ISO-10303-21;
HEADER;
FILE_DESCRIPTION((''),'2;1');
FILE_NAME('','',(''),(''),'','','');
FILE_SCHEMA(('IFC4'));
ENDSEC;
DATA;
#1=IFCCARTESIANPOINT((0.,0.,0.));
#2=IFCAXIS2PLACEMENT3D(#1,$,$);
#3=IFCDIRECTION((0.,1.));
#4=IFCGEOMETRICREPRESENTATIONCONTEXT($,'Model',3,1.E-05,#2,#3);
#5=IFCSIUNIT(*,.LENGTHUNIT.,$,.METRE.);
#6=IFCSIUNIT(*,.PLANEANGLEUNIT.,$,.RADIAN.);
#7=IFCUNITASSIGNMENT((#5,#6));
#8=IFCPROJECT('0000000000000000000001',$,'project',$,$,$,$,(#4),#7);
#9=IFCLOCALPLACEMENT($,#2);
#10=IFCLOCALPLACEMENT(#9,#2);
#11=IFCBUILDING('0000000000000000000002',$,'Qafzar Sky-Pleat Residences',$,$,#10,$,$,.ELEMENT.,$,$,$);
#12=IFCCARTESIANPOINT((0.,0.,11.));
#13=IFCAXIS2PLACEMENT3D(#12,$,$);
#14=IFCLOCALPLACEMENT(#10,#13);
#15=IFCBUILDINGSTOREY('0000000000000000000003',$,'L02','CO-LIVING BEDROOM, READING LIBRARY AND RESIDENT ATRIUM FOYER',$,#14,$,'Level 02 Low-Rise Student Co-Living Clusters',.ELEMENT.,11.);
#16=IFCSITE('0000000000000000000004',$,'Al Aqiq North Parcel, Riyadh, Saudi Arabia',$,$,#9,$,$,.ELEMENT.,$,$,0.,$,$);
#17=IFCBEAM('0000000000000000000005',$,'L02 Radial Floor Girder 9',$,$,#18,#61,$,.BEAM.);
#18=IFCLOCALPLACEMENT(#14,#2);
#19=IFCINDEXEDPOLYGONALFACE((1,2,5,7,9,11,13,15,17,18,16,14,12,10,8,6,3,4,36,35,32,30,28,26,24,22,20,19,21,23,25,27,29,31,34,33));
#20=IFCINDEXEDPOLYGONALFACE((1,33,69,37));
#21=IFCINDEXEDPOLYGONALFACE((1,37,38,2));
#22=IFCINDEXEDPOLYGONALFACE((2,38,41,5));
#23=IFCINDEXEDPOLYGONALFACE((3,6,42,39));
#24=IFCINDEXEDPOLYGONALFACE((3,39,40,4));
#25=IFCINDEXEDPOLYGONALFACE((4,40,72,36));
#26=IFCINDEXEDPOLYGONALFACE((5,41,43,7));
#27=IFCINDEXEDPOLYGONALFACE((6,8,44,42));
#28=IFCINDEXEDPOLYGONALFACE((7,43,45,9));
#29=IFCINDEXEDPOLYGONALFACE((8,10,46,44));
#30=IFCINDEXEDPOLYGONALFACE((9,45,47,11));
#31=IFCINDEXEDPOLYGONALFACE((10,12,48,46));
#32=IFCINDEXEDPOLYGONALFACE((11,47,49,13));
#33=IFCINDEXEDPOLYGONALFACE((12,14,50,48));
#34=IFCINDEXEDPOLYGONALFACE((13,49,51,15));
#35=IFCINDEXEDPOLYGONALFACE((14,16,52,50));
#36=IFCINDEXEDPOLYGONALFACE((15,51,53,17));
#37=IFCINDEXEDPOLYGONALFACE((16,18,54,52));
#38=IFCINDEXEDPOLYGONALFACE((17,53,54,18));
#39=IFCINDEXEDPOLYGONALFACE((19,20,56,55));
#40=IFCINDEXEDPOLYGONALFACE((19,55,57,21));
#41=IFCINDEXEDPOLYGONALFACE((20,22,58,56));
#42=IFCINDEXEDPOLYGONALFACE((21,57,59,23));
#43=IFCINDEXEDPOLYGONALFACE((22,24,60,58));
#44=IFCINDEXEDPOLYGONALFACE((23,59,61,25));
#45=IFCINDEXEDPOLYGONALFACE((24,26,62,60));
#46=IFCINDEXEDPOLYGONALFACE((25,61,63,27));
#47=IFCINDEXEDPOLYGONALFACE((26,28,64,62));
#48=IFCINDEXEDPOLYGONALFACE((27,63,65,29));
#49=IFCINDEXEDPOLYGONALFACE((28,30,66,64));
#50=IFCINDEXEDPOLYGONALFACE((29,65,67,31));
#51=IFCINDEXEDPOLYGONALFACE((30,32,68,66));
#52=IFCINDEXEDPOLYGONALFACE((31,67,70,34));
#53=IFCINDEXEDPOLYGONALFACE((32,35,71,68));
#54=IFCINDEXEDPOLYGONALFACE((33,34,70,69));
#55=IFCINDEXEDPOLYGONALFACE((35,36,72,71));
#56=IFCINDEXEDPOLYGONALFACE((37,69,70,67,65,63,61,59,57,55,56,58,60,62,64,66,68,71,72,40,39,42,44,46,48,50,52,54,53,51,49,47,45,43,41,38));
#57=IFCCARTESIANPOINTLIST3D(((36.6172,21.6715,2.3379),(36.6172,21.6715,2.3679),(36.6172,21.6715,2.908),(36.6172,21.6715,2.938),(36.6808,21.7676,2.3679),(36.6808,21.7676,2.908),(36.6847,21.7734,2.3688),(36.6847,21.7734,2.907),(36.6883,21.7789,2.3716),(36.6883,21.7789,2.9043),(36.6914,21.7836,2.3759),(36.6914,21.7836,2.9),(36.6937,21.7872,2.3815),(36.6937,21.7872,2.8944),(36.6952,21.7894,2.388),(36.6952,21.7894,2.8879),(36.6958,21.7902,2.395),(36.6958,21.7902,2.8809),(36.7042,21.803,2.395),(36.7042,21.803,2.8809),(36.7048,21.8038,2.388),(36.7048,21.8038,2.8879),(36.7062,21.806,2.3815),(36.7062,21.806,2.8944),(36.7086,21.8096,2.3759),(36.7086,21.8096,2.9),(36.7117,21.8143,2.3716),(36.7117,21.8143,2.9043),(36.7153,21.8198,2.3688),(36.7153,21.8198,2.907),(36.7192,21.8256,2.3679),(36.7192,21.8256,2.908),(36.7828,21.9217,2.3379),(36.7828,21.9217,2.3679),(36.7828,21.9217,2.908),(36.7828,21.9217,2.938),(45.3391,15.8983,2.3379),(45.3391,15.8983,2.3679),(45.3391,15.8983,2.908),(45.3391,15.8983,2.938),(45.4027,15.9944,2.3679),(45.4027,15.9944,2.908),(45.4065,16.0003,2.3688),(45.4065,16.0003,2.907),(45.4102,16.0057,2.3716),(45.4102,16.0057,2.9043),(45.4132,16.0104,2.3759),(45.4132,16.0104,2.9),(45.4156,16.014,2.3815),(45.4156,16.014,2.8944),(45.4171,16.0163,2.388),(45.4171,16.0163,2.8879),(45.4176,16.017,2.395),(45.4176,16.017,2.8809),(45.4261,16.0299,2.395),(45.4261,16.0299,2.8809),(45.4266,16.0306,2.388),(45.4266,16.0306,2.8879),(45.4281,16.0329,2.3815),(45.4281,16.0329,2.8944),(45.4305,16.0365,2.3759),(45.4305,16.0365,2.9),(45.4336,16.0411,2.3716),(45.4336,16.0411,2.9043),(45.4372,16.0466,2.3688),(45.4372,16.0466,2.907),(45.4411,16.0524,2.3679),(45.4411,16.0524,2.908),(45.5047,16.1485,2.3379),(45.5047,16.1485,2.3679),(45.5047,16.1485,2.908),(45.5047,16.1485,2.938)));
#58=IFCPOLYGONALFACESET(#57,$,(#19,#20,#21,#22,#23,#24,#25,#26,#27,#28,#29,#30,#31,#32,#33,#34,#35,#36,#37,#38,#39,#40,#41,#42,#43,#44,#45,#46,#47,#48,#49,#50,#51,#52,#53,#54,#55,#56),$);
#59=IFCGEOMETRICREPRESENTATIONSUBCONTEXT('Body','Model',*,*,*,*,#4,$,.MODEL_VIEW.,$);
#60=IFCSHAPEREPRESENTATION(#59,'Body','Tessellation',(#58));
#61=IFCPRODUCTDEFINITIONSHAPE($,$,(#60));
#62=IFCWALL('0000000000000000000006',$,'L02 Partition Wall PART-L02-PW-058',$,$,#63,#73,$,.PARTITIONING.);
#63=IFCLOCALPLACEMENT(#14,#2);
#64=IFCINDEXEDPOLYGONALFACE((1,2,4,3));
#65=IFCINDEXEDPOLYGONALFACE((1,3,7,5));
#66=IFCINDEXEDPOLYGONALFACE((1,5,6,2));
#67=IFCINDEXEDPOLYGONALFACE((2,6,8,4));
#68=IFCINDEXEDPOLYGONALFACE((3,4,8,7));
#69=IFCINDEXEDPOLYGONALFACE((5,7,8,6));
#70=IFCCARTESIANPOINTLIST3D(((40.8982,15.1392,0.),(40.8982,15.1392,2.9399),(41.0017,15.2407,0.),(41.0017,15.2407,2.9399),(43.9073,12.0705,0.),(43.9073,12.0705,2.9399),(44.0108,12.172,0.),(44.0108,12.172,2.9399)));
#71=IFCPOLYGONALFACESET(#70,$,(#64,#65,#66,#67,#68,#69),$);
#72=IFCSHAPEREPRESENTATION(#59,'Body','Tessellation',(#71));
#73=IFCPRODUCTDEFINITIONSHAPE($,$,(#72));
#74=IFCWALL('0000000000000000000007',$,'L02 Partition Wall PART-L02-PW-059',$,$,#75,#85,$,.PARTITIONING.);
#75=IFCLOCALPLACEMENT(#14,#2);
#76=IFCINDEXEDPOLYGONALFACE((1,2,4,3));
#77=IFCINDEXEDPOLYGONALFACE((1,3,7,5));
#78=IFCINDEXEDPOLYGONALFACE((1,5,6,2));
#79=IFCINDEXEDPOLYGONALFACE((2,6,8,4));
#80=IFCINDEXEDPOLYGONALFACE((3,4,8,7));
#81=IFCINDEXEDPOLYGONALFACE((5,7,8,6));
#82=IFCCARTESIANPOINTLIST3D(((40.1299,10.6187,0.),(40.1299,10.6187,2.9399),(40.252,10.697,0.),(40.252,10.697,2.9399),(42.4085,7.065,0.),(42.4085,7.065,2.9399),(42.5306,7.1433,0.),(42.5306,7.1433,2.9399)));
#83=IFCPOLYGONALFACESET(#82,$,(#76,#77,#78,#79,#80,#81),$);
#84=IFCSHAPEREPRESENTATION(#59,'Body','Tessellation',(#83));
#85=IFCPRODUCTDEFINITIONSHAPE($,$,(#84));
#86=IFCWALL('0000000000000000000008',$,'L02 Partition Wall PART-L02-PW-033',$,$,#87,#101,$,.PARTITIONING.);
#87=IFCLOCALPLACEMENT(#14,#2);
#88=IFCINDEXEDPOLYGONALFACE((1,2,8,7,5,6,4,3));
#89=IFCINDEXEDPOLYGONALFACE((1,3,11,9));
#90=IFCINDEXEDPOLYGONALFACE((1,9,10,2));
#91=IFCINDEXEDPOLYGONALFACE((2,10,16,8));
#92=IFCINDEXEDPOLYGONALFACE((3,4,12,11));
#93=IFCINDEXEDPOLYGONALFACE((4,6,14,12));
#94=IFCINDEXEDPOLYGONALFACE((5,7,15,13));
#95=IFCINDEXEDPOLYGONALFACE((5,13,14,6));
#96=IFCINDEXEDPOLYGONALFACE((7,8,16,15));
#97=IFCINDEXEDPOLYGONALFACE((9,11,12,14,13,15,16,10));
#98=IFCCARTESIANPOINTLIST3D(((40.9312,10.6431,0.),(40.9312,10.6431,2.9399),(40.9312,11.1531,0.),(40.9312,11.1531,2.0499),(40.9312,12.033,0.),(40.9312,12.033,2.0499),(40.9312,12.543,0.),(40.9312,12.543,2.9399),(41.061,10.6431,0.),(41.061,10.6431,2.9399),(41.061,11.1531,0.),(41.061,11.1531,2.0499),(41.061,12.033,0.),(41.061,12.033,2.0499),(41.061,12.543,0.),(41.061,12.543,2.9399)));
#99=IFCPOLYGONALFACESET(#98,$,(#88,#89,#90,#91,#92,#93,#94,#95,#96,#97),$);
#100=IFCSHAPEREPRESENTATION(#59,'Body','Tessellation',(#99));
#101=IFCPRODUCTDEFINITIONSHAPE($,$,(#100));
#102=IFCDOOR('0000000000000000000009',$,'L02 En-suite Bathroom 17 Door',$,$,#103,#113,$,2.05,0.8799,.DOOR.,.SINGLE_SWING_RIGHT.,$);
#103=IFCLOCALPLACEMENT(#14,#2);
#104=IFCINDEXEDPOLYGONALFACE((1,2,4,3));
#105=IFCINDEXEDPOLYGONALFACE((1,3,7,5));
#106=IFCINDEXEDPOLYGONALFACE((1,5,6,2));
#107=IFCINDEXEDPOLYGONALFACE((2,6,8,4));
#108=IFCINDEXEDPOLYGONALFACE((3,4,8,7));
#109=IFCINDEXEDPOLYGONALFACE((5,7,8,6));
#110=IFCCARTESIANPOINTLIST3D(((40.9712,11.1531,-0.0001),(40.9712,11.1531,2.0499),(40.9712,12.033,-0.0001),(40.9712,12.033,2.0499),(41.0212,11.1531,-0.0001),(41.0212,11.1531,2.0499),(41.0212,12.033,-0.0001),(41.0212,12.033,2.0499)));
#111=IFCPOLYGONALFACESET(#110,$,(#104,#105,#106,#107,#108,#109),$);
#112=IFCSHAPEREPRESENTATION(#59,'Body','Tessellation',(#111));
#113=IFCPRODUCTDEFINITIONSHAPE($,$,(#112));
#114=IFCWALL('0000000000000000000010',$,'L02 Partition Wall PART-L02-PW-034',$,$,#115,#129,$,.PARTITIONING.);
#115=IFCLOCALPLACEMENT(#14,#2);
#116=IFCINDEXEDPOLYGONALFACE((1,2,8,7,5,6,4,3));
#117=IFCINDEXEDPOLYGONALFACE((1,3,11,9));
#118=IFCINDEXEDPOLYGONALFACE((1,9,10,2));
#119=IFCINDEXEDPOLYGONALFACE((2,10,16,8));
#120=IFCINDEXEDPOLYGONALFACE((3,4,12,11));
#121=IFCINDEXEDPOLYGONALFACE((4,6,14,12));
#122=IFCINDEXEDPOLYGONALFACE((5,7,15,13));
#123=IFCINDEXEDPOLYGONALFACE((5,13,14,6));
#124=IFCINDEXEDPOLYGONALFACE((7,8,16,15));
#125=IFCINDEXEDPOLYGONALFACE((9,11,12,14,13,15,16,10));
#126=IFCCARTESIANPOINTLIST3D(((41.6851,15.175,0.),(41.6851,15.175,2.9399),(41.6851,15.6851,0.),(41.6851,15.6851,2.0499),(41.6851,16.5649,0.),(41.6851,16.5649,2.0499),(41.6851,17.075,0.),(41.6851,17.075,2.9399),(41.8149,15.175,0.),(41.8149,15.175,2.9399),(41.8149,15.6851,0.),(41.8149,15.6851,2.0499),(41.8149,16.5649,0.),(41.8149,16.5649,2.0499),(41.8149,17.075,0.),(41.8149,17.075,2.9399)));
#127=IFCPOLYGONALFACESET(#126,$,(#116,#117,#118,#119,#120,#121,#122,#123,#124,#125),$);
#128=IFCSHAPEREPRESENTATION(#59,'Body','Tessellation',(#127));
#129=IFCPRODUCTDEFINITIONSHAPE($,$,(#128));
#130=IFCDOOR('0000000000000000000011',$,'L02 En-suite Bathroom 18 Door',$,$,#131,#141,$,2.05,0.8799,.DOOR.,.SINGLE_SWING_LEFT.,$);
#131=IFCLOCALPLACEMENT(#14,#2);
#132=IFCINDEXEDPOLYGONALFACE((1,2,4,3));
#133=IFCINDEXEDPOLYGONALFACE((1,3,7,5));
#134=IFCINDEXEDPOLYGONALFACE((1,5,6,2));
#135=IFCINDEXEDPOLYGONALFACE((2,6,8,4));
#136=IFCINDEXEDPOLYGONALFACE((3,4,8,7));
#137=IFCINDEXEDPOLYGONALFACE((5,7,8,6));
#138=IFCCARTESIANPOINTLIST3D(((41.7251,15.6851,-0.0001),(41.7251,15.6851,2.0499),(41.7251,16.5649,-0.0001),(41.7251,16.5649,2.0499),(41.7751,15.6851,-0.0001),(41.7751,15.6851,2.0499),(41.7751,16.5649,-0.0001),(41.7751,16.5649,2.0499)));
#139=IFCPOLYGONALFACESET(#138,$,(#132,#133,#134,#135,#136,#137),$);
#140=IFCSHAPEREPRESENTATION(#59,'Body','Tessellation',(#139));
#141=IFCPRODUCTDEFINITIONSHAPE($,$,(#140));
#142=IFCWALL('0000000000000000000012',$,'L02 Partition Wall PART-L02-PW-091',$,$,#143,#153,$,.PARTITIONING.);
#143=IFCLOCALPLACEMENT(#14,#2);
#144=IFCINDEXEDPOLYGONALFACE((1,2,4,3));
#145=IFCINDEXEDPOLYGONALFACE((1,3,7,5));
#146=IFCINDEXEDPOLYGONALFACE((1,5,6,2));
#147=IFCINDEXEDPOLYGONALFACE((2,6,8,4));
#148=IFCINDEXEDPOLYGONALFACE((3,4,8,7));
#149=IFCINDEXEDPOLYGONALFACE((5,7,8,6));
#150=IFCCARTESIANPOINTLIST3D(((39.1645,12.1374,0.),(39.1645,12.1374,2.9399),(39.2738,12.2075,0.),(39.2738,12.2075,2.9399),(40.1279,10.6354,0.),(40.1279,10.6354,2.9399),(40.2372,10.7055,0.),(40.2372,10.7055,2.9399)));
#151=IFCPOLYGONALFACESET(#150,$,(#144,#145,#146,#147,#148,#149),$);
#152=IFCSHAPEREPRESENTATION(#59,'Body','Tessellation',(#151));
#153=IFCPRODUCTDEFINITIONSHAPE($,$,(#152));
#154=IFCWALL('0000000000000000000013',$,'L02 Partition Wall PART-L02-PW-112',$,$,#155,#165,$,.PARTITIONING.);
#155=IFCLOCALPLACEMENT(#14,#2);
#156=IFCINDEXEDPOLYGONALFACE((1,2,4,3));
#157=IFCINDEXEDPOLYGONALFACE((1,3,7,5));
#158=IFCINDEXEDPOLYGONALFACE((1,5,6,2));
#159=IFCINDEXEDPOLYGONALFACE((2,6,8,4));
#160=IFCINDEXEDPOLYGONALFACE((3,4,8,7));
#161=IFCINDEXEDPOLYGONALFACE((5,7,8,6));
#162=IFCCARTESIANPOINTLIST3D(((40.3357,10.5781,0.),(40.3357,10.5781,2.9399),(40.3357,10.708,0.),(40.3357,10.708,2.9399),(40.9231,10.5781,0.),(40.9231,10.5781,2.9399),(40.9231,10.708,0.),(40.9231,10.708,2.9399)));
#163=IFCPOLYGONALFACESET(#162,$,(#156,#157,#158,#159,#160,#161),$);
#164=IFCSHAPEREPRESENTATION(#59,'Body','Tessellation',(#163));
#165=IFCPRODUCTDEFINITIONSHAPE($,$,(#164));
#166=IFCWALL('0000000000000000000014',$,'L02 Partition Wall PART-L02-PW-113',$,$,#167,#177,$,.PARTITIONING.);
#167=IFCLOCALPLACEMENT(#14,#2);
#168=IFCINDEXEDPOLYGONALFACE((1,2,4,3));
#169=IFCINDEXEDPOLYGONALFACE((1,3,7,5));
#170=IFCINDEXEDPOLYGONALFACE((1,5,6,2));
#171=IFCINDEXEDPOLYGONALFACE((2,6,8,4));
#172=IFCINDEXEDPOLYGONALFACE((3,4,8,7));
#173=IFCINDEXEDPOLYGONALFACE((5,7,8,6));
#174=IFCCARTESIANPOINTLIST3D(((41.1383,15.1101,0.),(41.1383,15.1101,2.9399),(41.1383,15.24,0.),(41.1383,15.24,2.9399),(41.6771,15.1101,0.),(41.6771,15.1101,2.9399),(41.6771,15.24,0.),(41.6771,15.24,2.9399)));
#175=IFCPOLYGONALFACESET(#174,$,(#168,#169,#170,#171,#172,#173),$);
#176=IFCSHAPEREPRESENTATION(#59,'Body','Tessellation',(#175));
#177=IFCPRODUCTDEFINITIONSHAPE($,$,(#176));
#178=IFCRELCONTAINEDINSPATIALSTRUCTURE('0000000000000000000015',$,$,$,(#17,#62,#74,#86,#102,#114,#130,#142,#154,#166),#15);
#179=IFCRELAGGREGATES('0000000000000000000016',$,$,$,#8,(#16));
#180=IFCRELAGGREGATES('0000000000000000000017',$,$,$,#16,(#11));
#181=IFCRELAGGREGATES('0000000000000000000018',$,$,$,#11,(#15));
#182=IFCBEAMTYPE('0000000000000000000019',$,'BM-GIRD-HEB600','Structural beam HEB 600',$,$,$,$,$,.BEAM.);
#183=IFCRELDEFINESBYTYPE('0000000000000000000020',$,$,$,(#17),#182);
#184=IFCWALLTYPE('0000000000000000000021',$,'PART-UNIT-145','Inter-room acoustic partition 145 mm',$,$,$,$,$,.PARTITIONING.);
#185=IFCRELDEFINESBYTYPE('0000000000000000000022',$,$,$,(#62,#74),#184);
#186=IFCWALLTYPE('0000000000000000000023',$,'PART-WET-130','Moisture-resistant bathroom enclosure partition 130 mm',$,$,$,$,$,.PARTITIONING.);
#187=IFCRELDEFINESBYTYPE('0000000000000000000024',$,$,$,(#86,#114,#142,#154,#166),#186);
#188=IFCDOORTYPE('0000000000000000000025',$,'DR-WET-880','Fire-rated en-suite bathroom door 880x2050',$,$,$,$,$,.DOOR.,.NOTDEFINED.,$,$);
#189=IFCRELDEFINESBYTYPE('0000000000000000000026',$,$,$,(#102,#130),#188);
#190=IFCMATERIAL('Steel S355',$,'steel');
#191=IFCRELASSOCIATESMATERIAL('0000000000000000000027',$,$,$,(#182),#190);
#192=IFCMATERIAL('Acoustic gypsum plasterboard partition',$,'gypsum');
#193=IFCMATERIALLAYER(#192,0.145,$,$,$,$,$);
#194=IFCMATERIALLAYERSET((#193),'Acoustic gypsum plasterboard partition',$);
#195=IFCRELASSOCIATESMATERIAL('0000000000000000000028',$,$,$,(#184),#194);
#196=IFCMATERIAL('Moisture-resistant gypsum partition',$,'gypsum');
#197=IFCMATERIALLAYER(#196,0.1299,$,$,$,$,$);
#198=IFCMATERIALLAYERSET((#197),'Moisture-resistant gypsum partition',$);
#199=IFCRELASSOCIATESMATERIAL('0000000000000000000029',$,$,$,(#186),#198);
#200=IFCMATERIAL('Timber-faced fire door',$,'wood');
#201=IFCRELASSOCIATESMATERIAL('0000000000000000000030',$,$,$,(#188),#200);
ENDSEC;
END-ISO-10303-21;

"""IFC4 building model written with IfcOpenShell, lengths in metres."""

from ifc_helpers import new_model, si_unit, direction, frame, frame_2d, origin, origin_2d, place, context, subcontext, project, spatial, rectangle, i_section, extrude, source, transform, mapped, material, layer, layer_set, material_profile, profile_set, type_object, element, fill, save


model = new_model("IFC4")

# Units and contexts
model_context = context("Model", 3, precision=1e-05, world=origin(), true_north=direction((0.0, 1.0)))
body_context = subcontext(model_context, "Body", "Model", "MODEL_VIEW")
ifc_project = project(units=[si_unit("LENGTHUNIT", "METRE"), si_unit("PLANEANGLEUNIT", "RADIAN")], contexts=[model_context])

# Site, building, storey
site_placement = place(None, origin())
site = spatial("IfcSite", under=ifc_project, at=site_placement, Name="Al Aqiq North Parcel, Riyadh, Saudi Arabia", CompositionType="ELEMENT", RefElevation=0.0)
building_placement = place(site_placement, origin())
building = spatial("IfcBuilding", under=site, at=building_placement, Name="Qafzar Sky-Pleat Residences", CompositionType="ELEMENT")
storey_placement = place(building_placement, frame((0.0, 0.0, 11.0)))
storey = spatial("IfcBuildingStorey", under=building, at=storey_placement, Name="L02", Description="CO-LIVING BEDROOM, READING LIBRARY AND RESIDENT ATRIUM FOYER", LongName="Level 02 Low-Rise Student Co-Living Clusters", CompositionType="ELEMENT", Elevation=11.0)

# Beam
ifc_material_1 = material(Name="Steel S355", Category="steel")
ifc_material_profile_1 = material_profile(ifc_material_1, i_section(OverallWidth=0.3, OverallDepth=0.6001, WebThickness=0.0154, FlangeThickness=0.03, FilletRadius=0.0271, at=origin_2d()), Name="HEB 600")
ifc_profile_set_1 = profile_set([ifc_material_profile_1], Name="Steel S355")
beam_type_1 = type_object("IfcBeamType", Name="BM-GIRD-HEB600", Description="Structural beam HEB 600", PredefinedType="BEAM", material=ifc_profile_set_1)
shared_shape_1 = source(origin(), body_context, "Body", "SweptSolid", [
    extrude(i_section(OverallWidth=0.3, OverallDepth=0.6001, WebThickness=0.0154, FlangeThickness=0.03, FilletRadius=0.0271, at=origin_2d()), origin(), (0.0, 0.0, 1.0), 10.4595),
])
beam_1_placement = place(storey_placement, frame((45.4219, 16.0234, 2.6379), z_axis=(-0.833874, 0.551955, 0.0), x_axis=(-0.551955, -0.833874, 0.0)))
element("IfcBeam", 1, at=beam_1_placement, inside=storey, type_object=beam_type_1, Name="L02 Radial Floor Girder 9", PredefinedType="BEAM", context=body_context, shape_type="MappedRepresentation", body=[
    mapped(shared_shape_1, transform((0.0, 0.0, 0.0), x_axis=(1.0, 0.0, 0.0), y_axis=(0.0, 1.0, 0.0), z_axis=(0.0, 0.0, 1.0), scale=1.0)),
])

# Walls
ifc_material_2 = material(Name="Acoustic gypsum plasterboard partition", Category="gypsum")
ifc_layer_1 = layer(ifc_material_2, 0.145)
ifc_layer_set_1 = layer_set([ifc_layer_1], Name="Acoustic gypsum plasterboard partition")
wall_type_1 = type_object("IfcWallType", Name="PART-UNIT-145", Description="Inter-room acoustic partition 145 mm", PredefinedType="PARTITIONING", material=ifc_layer_set_1)
wall_1_placement = place(storey_placement, frame((40.95, 15.1899, 0.0), z_axis=(0.0, 0.0, 1.0), x_axis=(0.700142, -0.714003, 0.0)))
element("IfcWall", 2, at=wall_1_placement, inside=storey, type_object=wall_type_1, Name="L02 Partition Wall PART-L02-PW-058", PredefinedType="PARTITIONING", context=body_context, shape_type="SweptSolid", body=[
    extrude(rectangle(XDim=4.2979, YDim=0.145, at=frame_2d((2.1489, 0.0))), origin(), (0.0, 0.0, 1.0), 2.9399),
])
wall_2_placement = place(storey_placement, frame((40.1909, 10.658, 0.0), z_axis=(0.0, 0.0, 1.0), x_axis=(0.539758, -0.841821, 0.0)))
element("IfcWall", 3, at=wall_2_placement, inside=storey, type_object=wall_type_1, Name="L02 Partition Wall PART-L02-PW-059", PredefinedType="PARTITIONING", context=body_context, shape_type="SweptSolid", body=[
    extrude(rectangle(XDim=4.2214, YDim=0.145, at=frame_2d((2.1108, 0.0))), origin(), (0.0, 0.0, 1.0), 2.9399),
])

# Walls, openings, doors
ifc_material_3 = material(Name="Moisture-resistant gypsum partition", Category="gypsum")
ifc_layer_2 = layer(ifc_material_3, 0.1299)
ifc_layer_set_2 = layer_set([ifc_layer_2], Name="Moisture-resistant gypsum partition")
wall_type_2 = type_object("IfcWallType", Name="PART-WET-130", Description="Moisture-resistant bathroom enclosure partition 130 mm", PredefinedType="PARTITIONING", material=ifc_layer_set_2)
wall_3_placement = place(storey_placement, frame((40.9961, 10.6431, 0.0), z_axis=(0.0, 0.0, 1.0), x_axis=(0.0, 1.0, 0.0)))
wall_3 = element("IfcWall", 4, at=wall_3_placement, inside=storey, type_object=wall_type_2, Name="L02 Partition Wall PART-L02-PW-033", PredefinedType="PARTITIONING", context=body_context, shape_type="SweptSolid", body=[
    extrude(rectangle(XDim=1.8999, YDim=0.1299, at=frame_2d((0.95, 0.0))), origin(), (0.0, 0.0, 1.0), 2.9399),
])
opening_1_placement = place(wall_3_placement, frame((0.51, 0.0, 0.0)))
opening_1 = element("IfcOpeningElement", 5, at=opening_1_placement, cuts=wall_3, PredefinedType="OPENING", context=body_context, shape_type="SweptSolid", body=[
    extrude(rectangle(XDim=0.8799, YDim=2.05, at=frame_2d((0.4399, 1.0249))), frame((0.0, 0.075, 0.0), z_axis=(0.0, -1.0, 0.0), x_axis=(1.0, 0.0, 0.0)), (0.0, 0.0, 1.0), 0.1499),
])
ifc_material_4 = material(Name="Timber-faced fire door", Category="wood")
door_type_1 = type_object("IfcDoorType", Name="DR-WET-880", Description="Fire-rated en-suite bathroom door 880x2050", OperationType="NOTDEFINED", PredefinedType="DOOR", material=ifc_material_4)
shared_shape_2 = source(origin(), body_context, "Body", "SweptSolid", [
    extrude(rectangle(XDim=0.8799, YDim=2.05, at=frame_2d((0.4399, 1.0249))), frame((0.0, 0.0249, 0.0), z_axis=(0.0, -1.0, 0.0), x_axis=(1.0, 0.0, 0.0)), (0.0, 0.0, 1.0), 0.05),
])
door_1_placement = place(opening_1_placement, origin())
door_1 = element("IfcDoor", 6, at=door_1_placement, inside=storey, type_object=door_type_1, Name="L02 En-suite Bathroom 17 Door", OperationType="SINGLE_SWING_RIGHT", OverallHeight=2.05, OverallWidth=0.8799, PredefinedType="DOOR", context=body_context, shape_type="MappedRepresentation", body=[
    mapped(shared_shape_2, transform((0.0, 0.0, 0.0), x_axis=(1.0, 0.0, 0.0), y_axis=(0.0, 1.0, 0.0), z_axis=(0.0, 0.0, 1.0), scale=1.0)),
])
fill(opening_1, door_1)
wall_4_placement = place(storey_placement, frame((41.75, 15.175, 0.0), z_axis=(0.0, 0.0, 1.0), x_axis=(0.0, 1.0, 0.0)))
wall_4 = element("IfcWall", 7, at=wall_4_placement, inside=storey, type_object=wall_type_2, Name="L02 Partition Wall PART-L02-PW-034", PredefinedType="PARTITIONING", context=body_context, shape_type="SweptSolid", body=[
    extrude(rectangle(XDim=1.8999, YDim=0.1299, at=frame_2d((0.95, 0.0))), origin(), (0.0, 0.0, 1.0), 2.9399),
])
opening_2_placement = place(wall_4_placement, frame((0.51, 0.0, 0.0)))
opening_2 = element("IfcOpeningElement", 8, at=opening_2_placement, cuts=wall_4, PredefinedType="OPENING", context=body_context, shape_type="SweptSolid", body=[
    extrude(rectangle(XDim=0.8799, YDim=2.05, at=frame_2d((0.4399, 1.0249))), frame((0.0, 0.075, 0.0), z_axis=(0.0, -1.0, 0.0), x_axis=(1.0, 0.0, 0.0)), (0.0, 0.0, 1.0), 0.1499),
])
door_2_placement = place(opening_2_placement, origin())
door_2 = element("IfcDoor", 9, at=door_2_placement, inside=storey, type_object=door_type_1, Name="L02 En-suite Bathroom 18 Door", OperationType="SINGLE_SWING_LEFT", OverallHeight=2.05, OverallWidth=0.8799, PredefinedType="DOOR", context=body_context, shape_type="MappedRepresentation", body=[
    mapped(shared_shape_2, transform((0.0, 0.0, 0.0), x_axis=(1.0, 0.0, 0.0), y_axis=(0.0, 1.0, 0.0), z_axis=(0.0, 0.0, 1.0), scale=1.0)),
])
fill(opening_2, door_2)

# Walls
wall_5_placement = place(storey_placement, frame((39.2192, 12.1724, 0.0), z_axis=(0.0, 0.0, 1.0), x_axis=(0.5399, -0.841729, 0.0)))
element("IfcWall", 10, at=wall_5_placement, inside=storey, type_object=wall_type_2, Name="L02 Partition Wall PART-L02-PW-091", PredefinedType="PARTITIONING", context=body_context, shape_type="SweptSolid", body=[
    extrude(rectangle(XDim=1.7844, YDim=0.1299, at=frame_2d((0.8921, 0.0))), origin(), (0.0, 0.0, 1.0), 2.9399),
])
wall_6_placement = place(storey_placement, frame((40.3357, 10.6431, 0.0), z_axis=(0.0, 0.0, 1.0), x_axis=(1.0, 0.0, 0.0)))
element("IfcWall", 11, at=wall_6_placement, inside=storey, type_object=wall_type_2, Name="L02 Partition Wall PART-L02-PW-112", PredefinedType="PARTITIONING", context=body_context, shape_type="SweptSolid", body=[
    extrude(rectangle(XDim=0.5874, YDim=0.1299, at=frame_2d((0.2937, 0.0))), origin(), (0.0, 0.0, 1.0), 2.9399),
])
wall_7_placement = place(storey_placement, frame((41.1382, 15.175, 0.0), z_axis=(0.0, 0.0, 1.0), x_axis=(1.0, 0.0, 0.0)))
element("IfcWall", 12, at=wall_7_placement, inside=storey, type_object=wall_type_2, Name="L02 Partition Wall PART-L02-PW-113", PredefinedType="PARTITIONING", context=body_context, shape_type="SweptSolid", body=[
    extrude(rectangle(XDim=0.5388, YDim=0.1299, at=frame_2d((0.2695, 0.0))), origin(), (0.0, 0.0, 1.0), 2.9399),
])

save(model, "model.ifc")
